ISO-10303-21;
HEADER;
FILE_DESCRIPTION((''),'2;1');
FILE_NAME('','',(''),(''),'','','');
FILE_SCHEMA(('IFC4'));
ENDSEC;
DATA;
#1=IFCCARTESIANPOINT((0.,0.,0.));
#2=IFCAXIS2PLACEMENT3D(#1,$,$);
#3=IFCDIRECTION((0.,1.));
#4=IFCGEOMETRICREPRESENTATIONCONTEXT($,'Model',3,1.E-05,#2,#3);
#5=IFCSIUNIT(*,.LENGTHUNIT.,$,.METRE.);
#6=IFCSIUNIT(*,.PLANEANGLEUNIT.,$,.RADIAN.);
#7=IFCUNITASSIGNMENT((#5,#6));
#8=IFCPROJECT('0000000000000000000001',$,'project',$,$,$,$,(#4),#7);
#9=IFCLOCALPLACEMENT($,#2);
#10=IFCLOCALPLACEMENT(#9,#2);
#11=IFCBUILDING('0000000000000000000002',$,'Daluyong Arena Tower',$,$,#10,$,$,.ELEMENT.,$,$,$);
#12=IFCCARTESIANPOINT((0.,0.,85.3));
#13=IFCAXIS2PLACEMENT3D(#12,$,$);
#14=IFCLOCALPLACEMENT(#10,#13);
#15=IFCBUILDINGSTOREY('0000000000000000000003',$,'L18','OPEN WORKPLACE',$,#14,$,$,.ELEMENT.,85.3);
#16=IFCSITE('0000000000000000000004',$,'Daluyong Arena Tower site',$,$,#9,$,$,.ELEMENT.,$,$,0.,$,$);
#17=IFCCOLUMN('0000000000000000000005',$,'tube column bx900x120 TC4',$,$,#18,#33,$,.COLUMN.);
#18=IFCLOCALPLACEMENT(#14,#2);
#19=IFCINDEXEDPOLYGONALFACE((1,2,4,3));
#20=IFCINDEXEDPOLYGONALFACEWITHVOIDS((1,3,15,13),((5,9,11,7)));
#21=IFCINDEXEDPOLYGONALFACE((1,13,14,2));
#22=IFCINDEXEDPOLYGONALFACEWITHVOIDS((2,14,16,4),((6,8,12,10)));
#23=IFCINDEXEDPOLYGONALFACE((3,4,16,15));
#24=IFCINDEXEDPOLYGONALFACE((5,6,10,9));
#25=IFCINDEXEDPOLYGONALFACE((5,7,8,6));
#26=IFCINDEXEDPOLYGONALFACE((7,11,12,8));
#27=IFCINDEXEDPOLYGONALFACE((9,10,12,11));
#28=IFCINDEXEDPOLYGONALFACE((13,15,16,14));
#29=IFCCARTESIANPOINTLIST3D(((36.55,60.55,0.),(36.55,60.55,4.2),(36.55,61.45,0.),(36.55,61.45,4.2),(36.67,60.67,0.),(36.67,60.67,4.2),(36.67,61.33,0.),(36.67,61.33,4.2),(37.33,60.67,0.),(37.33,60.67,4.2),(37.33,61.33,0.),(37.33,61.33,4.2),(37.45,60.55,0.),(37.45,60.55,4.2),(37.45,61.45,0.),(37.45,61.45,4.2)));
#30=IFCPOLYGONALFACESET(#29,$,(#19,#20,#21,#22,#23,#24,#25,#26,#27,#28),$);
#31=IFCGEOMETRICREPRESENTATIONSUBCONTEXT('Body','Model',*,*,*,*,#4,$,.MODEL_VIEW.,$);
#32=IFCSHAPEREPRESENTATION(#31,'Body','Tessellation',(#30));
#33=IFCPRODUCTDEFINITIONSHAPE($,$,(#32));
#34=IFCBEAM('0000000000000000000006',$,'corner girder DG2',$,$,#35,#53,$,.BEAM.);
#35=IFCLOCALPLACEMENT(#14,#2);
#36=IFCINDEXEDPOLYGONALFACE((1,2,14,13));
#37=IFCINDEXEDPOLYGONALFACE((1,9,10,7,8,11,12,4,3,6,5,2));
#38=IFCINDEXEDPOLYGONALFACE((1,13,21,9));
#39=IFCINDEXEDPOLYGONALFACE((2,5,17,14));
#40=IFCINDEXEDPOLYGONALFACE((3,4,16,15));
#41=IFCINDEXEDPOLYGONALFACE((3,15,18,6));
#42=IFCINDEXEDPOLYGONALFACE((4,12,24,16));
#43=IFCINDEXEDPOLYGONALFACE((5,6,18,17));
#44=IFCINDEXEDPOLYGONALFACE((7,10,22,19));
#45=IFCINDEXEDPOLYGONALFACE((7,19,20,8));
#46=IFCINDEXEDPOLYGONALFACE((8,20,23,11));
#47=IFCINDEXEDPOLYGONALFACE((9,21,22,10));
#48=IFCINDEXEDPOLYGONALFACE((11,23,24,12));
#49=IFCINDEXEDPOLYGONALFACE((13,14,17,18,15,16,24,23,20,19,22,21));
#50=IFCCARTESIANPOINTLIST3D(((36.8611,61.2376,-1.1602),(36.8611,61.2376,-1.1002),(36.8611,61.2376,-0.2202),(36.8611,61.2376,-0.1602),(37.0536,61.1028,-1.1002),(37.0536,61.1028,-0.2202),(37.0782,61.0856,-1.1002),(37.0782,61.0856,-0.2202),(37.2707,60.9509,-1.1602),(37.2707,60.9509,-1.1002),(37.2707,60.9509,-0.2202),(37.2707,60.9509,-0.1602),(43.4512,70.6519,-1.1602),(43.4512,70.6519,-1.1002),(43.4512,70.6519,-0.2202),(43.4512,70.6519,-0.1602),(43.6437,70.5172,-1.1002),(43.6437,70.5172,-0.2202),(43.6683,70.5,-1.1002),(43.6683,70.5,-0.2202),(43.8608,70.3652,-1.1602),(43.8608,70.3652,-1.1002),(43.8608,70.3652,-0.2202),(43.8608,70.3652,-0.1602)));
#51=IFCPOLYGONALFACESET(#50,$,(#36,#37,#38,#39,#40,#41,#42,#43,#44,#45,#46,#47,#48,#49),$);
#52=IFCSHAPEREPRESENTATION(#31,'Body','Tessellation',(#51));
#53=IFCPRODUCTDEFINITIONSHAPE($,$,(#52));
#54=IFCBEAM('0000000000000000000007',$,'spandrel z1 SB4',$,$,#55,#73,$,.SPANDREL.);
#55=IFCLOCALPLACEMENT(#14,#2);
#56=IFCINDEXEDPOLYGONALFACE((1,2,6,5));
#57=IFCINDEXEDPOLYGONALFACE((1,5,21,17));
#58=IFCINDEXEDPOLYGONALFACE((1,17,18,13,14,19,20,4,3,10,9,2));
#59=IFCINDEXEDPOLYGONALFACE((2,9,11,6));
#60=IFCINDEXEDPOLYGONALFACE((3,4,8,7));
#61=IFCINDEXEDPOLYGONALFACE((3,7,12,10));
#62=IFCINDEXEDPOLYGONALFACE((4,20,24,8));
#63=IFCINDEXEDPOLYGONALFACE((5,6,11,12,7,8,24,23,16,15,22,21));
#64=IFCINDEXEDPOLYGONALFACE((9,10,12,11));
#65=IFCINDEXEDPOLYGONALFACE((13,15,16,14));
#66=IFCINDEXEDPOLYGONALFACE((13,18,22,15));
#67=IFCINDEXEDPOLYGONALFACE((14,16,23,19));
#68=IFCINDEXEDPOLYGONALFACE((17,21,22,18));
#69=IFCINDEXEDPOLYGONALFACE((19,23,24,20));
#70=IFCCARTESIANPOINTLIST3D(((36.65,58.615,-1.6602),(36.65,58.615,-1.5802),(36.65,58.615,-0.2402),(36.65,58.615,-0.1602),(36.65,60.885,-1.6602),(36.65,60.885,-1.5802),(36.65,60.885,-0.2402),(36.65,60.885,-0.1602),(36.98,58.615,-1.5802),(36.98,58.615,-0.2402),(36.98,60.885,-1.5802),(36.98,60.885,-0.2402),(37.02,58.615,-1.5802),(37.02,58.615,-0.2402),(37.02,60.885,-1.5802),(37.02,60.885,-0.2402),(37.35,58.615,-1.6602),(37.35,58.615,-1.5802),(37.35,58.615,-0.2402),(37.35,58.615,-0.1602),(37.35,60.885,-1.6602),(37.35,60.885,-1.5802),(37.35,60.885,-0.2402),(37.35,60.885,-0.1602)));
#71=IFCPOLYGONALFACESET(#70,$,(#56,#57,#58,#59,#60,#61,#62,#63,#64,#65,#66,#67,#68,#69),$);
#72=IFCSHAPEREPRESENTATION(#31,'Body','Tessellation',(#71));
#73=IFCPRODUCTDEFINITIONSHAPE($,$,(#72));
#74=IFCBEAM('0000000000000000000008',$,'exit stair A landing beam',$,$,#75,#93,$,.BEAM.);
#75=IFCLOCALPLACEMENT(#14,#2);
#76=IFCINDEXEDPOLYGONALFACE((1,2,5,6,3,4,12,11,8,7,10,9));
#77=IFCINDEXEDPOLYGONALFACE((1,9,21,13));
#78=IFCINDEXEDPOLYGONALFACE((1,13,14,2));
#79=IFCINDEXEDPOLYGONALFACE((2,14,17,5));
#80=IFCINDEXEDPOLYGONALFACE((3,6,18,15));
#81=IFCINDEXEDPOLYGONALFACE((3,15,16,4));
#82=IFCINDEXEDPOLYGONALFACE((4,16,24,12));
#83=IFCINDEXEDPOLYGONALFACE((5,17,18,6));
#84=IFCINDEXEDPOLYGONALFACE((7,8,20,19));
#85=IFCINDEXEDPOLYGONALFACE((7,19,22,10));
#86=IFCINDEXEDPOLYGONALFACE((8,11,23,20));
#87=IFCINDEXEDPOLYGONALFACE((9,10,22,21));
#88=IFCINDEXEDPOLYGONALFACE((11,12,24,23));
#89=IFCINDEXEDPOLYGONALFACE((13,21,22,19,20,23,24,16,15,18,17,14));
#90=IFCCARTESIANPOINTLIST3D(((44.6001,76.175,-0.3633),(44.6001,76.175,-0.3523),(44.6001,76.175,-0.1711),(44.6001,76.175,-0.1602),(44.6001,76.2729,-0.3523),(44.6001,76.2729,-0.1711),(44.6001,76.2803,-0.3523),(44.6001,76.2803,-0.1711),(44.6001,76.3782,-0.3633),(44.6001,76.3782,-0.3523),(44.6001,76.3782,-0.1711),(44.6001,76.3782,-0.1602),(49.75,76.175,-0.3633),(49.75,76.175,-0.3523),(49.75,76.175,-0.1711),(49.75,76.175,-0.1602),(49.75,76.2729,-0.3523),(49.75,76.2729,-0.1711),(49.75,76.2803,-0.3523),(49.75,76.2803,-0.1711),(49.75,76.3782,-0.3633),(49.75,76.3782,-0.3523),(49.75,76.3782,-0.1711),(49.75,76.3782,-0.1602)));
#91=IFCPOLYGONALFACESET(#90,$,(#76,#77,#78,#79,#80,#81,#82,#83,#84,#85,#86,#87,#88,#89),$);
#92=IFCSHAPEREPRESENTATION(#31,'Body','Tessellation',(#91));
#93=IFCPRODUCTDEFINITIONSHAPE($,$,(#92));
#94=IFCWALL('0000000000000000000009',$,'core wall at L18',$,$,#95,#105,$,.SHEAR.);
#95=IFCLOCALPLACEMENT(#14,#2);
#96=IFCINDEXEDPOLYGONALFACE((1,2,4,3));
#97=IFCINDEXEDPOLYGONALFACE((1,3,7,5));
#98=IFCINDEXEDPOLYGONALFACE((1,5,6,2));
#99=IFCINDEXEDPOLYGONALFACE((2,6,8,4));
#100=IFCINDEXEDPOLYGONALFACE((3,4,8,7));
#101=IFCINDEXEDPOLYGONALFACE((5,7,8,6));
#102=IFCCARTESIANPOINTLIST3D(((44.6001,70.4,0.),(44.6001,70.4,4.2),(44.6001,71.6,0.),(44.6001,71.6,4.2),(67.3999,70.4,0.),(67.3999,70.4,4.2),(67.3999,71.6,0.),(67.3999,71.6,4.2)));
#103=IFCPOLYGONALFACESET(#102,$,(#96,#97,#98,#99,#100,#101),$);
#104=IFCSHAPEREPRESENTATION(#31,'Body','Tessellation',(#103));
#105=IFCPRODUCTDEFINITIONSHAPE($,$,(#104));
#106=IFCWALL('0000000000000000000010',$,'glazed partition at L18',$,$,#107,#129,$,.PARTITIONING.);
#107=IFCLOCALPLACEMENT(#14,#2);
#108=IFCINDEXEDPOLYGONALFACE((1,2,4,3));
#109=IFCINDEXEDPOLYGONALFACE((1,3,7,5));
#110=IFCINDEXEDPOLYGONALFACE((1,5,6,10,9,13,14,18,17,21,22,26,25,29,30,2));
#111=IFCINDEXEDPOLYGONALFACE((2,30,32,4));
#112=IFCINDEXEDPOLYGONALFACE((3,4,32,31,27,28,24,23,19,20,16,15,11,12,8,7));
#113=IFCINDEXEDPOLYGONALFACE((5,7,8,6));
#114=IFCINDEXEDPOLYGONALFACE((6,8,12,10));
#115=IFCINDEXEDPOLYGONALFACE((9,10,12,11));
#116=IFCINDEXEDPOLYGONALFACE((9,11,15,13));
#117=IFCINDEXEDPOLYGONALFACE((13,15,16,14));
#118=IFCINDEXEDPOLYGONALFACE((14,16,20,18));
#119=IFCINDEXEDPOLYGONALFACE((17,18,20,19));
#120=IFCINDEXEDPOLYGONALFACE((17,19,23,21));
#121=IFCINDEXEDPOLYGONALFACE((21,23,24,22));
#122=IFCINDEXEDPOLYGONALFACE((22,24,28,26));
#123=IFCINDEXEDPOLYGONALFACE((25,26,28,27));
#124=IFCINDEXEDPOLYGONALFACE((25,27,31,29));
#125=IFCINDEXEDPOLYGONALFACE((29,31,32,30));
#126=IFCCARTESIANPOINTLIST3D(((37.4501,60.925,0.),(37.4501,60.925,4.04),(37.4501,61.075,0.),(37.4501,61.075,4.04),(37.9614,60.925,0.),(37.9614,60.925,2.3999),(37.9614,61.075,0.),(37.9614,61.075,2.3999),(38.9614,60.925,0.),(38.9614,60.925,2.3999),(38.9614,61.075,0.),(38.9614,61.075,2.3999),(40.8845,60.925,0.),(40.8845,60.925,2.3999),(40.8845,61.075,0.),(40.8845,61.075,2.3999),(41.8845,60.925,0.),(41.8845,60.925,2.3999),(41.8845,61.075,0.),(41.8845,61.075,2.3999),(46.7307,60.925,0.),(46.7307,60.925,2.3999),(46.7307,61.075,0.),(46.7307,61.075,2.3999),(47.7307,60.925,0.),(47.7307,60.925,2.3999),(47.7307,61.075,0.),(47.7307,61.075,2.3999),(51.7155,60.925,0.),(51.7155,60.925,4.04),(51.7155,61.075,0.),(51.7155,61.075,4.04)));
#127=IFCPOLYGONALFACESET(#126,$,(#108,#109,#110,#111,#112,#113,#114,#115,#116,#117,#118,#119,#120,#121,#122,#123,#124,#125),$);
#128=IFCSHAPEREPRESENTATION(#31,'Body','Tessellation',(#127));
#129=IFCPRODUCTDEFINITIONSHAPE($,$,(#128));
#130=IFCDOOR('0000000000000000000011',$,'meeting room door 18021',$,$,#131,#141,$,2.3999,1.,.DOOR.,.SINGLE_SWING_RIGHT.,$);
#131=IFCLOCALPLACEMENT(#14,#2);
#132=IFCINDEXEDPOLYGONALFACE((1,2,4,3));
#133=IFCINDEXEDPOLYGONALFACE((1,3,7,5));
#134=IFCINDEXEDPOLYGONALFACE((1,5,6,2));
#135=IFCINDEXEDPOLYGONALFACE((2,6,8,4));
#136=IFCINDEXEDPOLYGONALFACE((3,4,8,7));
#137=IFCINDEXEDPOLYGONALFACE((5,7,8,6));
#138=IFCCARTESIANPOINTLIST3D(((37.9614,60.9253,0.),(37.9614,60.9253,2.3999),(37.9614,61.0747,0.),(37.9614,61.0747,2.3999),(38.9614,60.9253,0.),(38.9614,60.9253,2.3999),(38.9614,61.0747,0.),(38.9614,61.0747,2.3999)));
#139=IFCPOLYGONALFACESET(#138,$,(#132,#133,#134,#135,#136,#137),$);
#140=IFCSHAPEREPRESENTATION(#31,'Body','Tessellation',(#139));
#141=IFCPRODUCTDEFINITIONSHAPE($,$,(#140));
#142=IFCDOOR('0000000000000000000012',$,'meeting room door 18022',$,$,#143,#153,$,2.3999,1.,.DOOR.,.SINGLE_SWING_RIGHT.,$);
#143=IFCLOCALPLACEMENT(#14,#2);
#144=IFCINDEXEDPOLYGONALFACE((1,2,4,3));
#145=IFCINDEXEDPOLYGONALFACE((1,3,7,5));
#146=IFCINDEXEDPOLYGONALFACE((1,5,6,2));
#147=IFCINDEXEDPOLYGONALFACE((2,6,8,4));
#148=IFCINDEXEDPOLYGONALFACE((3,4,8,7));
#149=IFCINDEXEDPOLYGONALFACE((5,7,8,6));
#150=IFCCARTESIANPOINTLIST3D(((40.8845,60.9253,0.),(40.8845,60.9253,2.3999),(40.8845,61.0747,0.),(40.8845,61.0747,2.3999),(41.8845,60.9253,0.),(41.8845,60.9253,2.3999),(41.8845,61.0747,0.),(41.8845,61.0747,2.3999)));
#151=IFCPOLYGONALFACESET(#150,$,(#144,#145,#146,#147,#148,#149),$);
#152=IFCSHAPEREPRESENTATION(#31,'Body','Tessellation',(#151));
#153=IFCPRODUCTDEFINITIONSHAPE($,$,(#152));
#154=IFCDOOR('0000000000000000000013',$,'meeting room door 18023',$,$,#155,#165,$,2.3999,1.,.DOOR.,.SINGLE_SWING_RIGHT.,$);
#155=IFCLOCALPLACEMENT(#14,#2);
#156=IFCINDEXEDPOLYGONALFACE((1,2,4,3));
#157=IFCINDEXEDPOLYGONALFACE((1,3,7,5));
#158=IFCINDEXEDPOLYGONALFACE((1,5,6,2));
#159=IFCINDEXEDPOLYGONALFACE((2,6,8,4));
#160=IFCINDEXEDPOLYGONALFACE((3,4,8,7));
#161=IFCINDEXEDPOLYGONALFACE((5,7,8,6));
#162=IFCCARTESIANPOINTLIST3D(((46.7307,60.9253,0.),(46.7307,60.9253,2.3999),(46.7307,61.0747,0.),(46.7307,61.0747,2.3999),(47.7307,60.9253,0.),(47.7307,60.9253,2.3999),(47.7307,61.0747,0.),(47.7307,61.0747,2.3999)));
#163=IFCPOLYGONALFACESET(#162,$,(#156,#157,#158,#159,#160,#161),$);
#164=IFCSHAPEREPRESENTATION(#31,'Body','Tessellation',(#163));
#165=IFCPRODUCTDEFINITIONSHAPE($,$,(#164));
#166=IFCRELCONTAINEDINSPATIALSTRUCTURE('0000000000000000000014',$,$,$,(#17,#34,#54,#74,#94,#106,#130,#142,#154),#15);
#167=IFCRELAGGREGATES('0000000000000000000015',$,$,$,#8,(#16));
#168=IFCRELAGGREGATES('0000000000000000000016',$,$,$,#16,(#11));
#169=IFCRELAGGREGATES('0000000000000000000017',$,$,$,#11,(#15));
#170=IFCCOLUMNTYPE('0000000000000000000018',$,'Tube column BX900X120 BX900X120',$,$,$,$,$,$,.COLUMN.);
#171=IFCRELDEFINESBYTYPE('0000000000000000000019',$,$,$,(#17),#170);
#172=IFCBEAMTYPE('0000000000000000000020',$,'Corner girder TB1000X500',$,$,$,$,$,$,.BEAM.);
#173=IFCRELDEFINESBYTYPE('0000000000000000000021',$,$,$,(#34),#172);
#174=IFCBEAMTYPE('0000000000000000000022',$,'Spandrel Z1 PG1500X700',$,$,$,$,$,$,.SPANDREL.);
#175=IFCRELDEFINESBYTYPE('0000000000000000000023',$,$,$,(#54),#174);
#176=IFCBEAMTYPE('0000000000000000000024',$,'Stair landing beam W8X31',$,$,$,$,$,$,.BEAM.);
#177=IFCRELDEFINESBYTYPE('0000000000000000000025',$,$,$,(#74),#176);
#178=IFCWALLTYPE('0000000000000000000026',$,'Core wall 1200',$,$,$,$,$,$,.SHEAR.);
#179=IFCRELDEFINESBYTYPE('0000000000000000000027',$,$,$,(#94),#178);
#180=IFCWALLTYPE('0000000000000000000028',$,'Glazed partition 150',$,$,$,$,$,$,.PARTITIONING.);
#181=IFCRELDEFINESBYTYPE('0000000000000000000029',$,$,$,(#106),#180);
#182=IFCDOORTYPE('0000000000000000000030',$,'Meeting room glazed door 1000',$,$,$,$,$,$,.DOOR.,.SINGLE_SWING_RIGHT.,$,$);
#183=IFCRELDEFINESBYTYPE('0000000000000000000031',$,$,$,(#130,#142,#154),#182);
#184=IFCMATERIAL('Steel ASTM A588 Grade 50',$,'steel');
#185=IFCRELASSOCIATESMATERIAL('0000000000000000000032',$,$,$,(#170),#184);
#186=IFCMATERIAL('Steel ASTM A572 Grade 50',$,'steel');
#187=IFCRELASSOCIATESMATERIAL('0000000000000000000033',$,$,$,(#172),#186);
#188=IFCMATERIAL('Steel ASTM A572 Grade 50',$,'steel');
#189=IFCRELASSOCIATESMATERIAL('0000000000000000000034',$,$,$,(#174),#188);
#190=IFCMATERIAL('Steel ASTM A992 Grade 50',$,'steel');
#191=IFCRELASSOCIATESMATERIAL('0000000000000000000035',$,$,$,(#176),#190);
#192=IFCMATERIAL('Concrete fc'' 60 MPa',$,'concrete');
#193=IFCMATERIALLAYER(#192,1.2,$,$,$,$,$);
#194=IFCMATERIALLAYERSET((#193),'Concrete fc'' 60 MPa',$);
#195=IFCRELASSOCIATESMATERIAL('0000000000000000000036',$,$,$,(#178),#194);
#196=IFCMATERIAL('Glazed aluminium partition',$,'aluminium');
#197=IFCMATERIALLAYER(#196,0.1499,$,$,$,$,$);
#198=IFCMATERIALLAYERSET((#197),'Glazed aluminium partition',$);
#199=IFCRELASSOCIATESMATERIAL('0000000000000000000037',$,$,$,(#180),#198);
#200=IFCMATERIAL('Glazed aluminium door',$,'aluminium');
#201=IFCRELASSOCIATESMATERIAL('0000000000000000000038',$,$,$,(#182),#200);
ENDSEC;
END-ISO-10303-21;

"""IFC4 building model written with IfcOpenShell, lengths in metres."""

from ifc_helpers import new_model, si_unit, direction, frame, frame_2d, origin, origin_2d, place, context, subcontext, project, spatial, rectangle, hollow_rectangle, i_section, extrude, material, layer, layer_set, material_profile, profile_set, type_object, element, fill, save


model = new_model("IFC4")

# Units and contexts
model_context = context("Model", 3, precision=1e-05, world=origin(), true_north=direction((0.0, 1.0)))
body_context = subcontext(model_context, "Body", "Model", "MODEL_VIEW")
ifc_project = project(units=[si_unit("LENGTHUNIT", "METRE"), si_unit("PLANEANGLEUNIT", "RADIAN")], contexts=[model_context])

# Site, building, storey
site_placement = place(None, origin())
site = spatial("IfcSite", under=ifc_project, at=site_placement, Name="Daluyong Arena Tower site", CompositionType="ELEMENT", RefElevation=0.0)
building_placement = place(site_placement, origin())
building = spatial("IfcBuilding", under=site, at=building_placement, Name="Daluyong Arena Tower", CompositionType="ELEMENT")
storey_placement = place(building_placement, frame((0.0, 0.0, 85.3)))
storey = spatial("IfcBuildingStorey", under=building, at=storey_placement, Name="L18", Description="OPEN WORKPLACE", CompositionType="ELEMENT", Elevation=85.3)

# Column
ifc_material_1 = material(Name="Steel ASTM A588 Grade 50", Category="steel")
ifc_material_profile_1 = material_profile(ifc_material_1, hollow_rectangle(XDim=0.8999, YDim=0.8999, WallThickness=0.12, at=origin_2d()))
ifc_profile_set_1 = profile_set([ifc_material_profile_1], Name="Steel ASTM A588 Grade 50")
column_type = type_object("IfcColumnType", Name="Tube column BX900X120 BX900X120", PredefinedType="COLUMN", material=ifc_profile_set_1)
column_placement = place(storey_placement, frame((37.0, 61.0, 0.0), z_axis=(0.0, 0.0, 1.0), x_axis=(0.0, 1.0, 0.0)))
element("IfcColumn", 1, at=column_placement, inside=storey, type_object=column_type, Name="tube column bx900x120 TC4", PredefinedType="COLUMN", context=body_context, shape_type="SweptSolid", body=[
    extrude(hollow_rectangle(XDim=0.8999, YDim=0.8999, WallThickness=0.12, at=origin_2d()), origin(), (0.0, 0.0, 1.0), 4.2),
])

# Beams
ifc_material_2 = material(Name="Steel ASTM A572 Grade 50", Category="steel")
ifc_material_profile_2 = material_profile(ifc_material_2, i_section(OverallWidth=0.5, OverallDepth=1.0, WebThickness=0.03, FlangeThickness=0.06, at=origin_2d()))
ifc_profile_set_2 = profile_set([ifc_material_profile_2], Name="Steel ASTM A572 Grade 50")
beam_type_1 = type_object("IfcBeamType", Name="Corner girder TB1000X500", PredefinedType="BEAM", material=ifc_profile_set_2)
beam_1_placement = place(storey_placement, frame((37.0659, 61.0942, -0.6602), z_axis=(0.573467, 0.819229, 0.0), x_axis=(-0.819229, 0.573467, 0.0)))
element("IfcBeam", 2, at=beam_1_placement, inside=storey, type_object=beam_type_1, Name="corner girder DG2", PredefinedType="BEAM", context=body_context, shape_type="SweptSolid", body=[
    extrude(i_section(OverallWidth=0.5, OverallDepth=1.0, WebThickness=0.03, FlangeThickness=0.06, at=origin_2d()), origin(), (0.0, 0.0, 1.0), 11.4917),
])
ifc_material_3 = material(Name="Steel ASTM A572 Grade 50", Category="steel")
ifc_material_profile_3 = material_profile(ifc_material_3, i_section(OverallWidth=0.7, OverallDepth=1.5, WebThickness=0.04, FlangeThickness=0.08, at=origin_2d()))
ifc_profile_set_3 = profile_set([ifc_material_profile_3], Name="Steel ASTM A572 Grade 50")
beam_type_2 = type_object("IfcBeamType", Name="Spandrel Z1 PG1500X700", PredefinedType="SPANDREL", material=ifc_profile_set_3)
beam_2_placement = place(storey_placement, frame((37.0, 60.885, -0.9102), z_axis=(0.0, -1.0, 0.0), x_axis=(1.0, 0.0, 0.0)))
element("IfcBeam", 3, at=beam_2_placement, inside=storey, type_object=beam_type_2, Name="spandrel z1 SB4", PredefinedType="SPANDREL", context=body_context, shape_type="SweptSolid", body=[
    extrude(i_section(OverallWidth=0.7, OverallDepth=1.5, WebThickness=0.04, FlangeThickness=0.08, at=origin_2d()), origin(), (0.0, 0.0, 1.0), 2.27),
])
ifc_material_4 = material(Name="Steel ASTM A992 Grade 50", Category="steel")
ifc_material_profile_4 = material_profile(ifc_material_4, i_section(OverallWidth=0.2031, OverallDepth=0.2031, WebThickness=0.0073, FlangeThickness=0.011, at=origin_2d()))
ifc_profile_set_4 = profile_set([ifc_material_profile_4], Name="Steel ASTM A992 Grade 50")
beam_type_3 = type_object("IfcBeamType", Name="Stair landing beam W8X31", PredefinedType="BEAM", material=ifc_profile_set_4)
beam_3_placement = place(storey_placement, frame((44.6001, 76.2766, -0.2617), z_axis=(1.0, 0.0, 0.0), x_axis=(0.0, 1.0, 0.0)))
element("IfcBeam", 4, at=beam_3_placement, inside=storey, type_object=beam_type_3, Name="exit stair A landing beam", PredefinedType="BEAM", context=body_context, shape_type="SweptSolid", body=[
    extrude(i_section(OverallWidth=0.2031, OverallDepth=0.2031, WebThickness=0.0073, FlangeThickness=0.011, at=origin_2d()), origin(), (0.0, 0.0, 1.0), 5.1499),
])

# Shared definitions
ifc_material_5 = material(Name="Concrete fc' 60 MPa", Category="concrete")
ifc_layer_1 = layer(ifc_material_5, 1.2)
ifc_layer_set_1 = layer_set([ifc_layer_1], Name="Concrete fc' 60 MPa")
wall_type_1 = type_object("IfcWallType", Name="Core wall 1200", PredefinedType="SHEAR", material=ifc_layer_set_1)

# Wall
wall_1_placement = place(storey_placement, frame((44.6001, 71.0, 0.0), z_axis=(0.0, 0.0, 1.0), x_axis=(1.0, 0.0, 0.0)))
element("IfcWall", 5, at=wall_1_placement, inside=storey, type_object=wall_type_1, Name="core wall at L18", PredefinedType="SHEAR", context=body_context, shape_type="SweptSolid", body=[
    extrude(rectangle(XDim=22.7998, YDim=1.2, at=frame_2d((11.3999, 0.0))), origin(), (0.0, 0.0, 1.0), 4.2),
])

# Wall, openings, doors
ifc_material_6 = material(Name="Glazed aluminium partition", Category="aluminium")
ifc_layer_2 = layer(ifc_material_6, 0.1499)
ifc_layer_set_2 = layer_set([ifc_layer_2], Name="Glazed aluminium partition")
wall_type_2 = type_object("IfcWallType", Name="Glazed partition 150", PredefinedType="PARTITIONING", material=ifc_layer_set_2)
wall_2_placement = place(storey_placement, frame((37.45, 61.0, 0.0), z_axis=(0.0, 0.0, 1.0), x_axis=(1.0, 0.0, 0.0)))
wall_2 = element("IfcWall", 6, at=wall_2_placement, inside=storey, type_object=wall_type_2, Name="glazed partition at L18", PredefinedType="PARTITIONING", context=body_context, shape_type="SweptSolid", body=[
    extrude(rectangle(XDim=14.2654, YDim=0.1499, at=frame_2d((7.1328, 0.0))), origin(), (0.0, 0.0, 1.0), 4.04),
])
opening_1_placement = place(wall_2_placement, frame((0.5115, 0.0, 0.0)))
opening_1 = element("IfcOpeningElement", 7, at=opening_1_placement, cuts=wall_2, PredefinedType="OPENING", context=body_context, shape_type="SweptSolid", body=[
    extrude(rectangle(XDim=1.0, YDim=2.3999, at=frame_2d((0.5, 1.2))), frame((0.0, 0.085, 0.0), z_axis=(0.0, -1.0, 0.0), x_axis=(1.0, 0.0, 0.0)), (0.0, 0.0, 1.0), 0.1699),
])
opening_2_placement = place(wall_2_placement, frame((3.4346, 0.0, 0.0)))
opening_2 = element("IfcOpeningElement", 8, at=opening_2_placement, cuts=wall_2, PredefinedType="OPENING", context=body_context, shape_type="SweptSolid", body=[
    extrude(rectangle(XDim=1.0, YDim=2.3999, at=frame_2d((0.5, 1.2))), frame((0.0, 0.085, 0.0), z_axis=(0.0, -1.0, 0.0), x_axis=(1.0, 0.0, 0.0)), (0.0, 0.0, 1.0), 0.1699),
])
opening_3_placement = place(wall_2_placement, frame((9.2808, 0.0, 0.0)))
opening_3 = element("IfcOpeningElement", 9, at=opening_3_placement, cuts=wall_2, PredefinedType="OPENING", context=body_context, shape_type="SweptSolid", body=[
    extrude(rectangle(XDim=1.0, YDim=2.3999, at=frame_2d((0.5, 1.2))), frame((0.0, 0.085, 0.0), z_axis=(0.0, -1.0, 0.0), x_axis=(1.0, 0.0, 0.0)), (0.0, 0.0, 1.0), 0.1699),
])
ifc_material_7 = material(Name="Glazed aluminium door", Category="aluminium")
door_type_1 = type_object("IfcDoorType", Name="Meeting room glazed door 1000", OperationType="SINGLE_SWING_RIGHT", PredefinedType="DOOR", material=ifc_material_7)
door_1_placement = place(opening_1_placement, origin())
door_1 = element("IfcDoor", 10, at=door_1_placement, inside=storey, type_object=door_type_1, Name="meeting room door 18021", OperationType="SINGLE_SWING_RIGHT", OverallHeight=2.3999, OverallWidth=1.0, PredefinedType="DOOR", context=body_context, shape_type="SweptSolid", body=[
    extrude(rectangle(XDim=1.0, YDim=2.3999, at=frame_2d((0.5, 1.2))), frame((0.0, 0.0747, 0.0), z_axis=(0.0, -1.0, 0.0), x_axis=(1.0, 0.0, 0.0)), (0.0, 0.0, 1.0), 0.1494),
])
fill(opening_1, door_1)
door_2_placement = place(opening_2_placement, origin())
door_2 = element("IfcDoor", 11, at=door_2_placement, inside=storey, type_object=door_type_1, Name="meeting room door 18022", OperationType="SINGLE_SWING_RIGHT", OverallHeight=2.3999, OverallWidth=1.0, PredefinedType="DOOR", context=body_context, shape_type="SweptSolid", body=[
    extrude(rectangle(XDim=1.0, YDim=2.3999, at=frame_2d((0.5, 1.2))), frame((0.0, 0.0747, 0.0), z_axis=(0.0, -1.0, 0.0), x_axis=(1.0, 0.0, 0.0)), (0.0, 0.0, 1.0), 0.1494),
])
fill(opening_2, door_2)
door_3_placement = place(opening_3_placement, origin())
door_3 = element("IfcDoor", 12, at=door_3_placement, inside=storey, type_object=door_type_1, Name="meeting room door 18023", OperationType="SINGLE_SWING_RIGHT", OverallHeight=2.3999, OverallWidth=1.0, PredefinedType="DOOR", context=body_context, shape_type="SweptSolid", body=[
    extrude(rectangle(XDim=1.0, YDim=2.3999, at=frame_2d((0.5, 1.2))), frame((0.0, 0.0747, 0.0), z_axis=(0.0, -1.0, 0.0), x_axis=(1.0, 0.0, 0.0)), (0.0, 0.0, 1.0), 0.1494),
])
fill(opening_3, door_3)

save(model, "model.ifc")
